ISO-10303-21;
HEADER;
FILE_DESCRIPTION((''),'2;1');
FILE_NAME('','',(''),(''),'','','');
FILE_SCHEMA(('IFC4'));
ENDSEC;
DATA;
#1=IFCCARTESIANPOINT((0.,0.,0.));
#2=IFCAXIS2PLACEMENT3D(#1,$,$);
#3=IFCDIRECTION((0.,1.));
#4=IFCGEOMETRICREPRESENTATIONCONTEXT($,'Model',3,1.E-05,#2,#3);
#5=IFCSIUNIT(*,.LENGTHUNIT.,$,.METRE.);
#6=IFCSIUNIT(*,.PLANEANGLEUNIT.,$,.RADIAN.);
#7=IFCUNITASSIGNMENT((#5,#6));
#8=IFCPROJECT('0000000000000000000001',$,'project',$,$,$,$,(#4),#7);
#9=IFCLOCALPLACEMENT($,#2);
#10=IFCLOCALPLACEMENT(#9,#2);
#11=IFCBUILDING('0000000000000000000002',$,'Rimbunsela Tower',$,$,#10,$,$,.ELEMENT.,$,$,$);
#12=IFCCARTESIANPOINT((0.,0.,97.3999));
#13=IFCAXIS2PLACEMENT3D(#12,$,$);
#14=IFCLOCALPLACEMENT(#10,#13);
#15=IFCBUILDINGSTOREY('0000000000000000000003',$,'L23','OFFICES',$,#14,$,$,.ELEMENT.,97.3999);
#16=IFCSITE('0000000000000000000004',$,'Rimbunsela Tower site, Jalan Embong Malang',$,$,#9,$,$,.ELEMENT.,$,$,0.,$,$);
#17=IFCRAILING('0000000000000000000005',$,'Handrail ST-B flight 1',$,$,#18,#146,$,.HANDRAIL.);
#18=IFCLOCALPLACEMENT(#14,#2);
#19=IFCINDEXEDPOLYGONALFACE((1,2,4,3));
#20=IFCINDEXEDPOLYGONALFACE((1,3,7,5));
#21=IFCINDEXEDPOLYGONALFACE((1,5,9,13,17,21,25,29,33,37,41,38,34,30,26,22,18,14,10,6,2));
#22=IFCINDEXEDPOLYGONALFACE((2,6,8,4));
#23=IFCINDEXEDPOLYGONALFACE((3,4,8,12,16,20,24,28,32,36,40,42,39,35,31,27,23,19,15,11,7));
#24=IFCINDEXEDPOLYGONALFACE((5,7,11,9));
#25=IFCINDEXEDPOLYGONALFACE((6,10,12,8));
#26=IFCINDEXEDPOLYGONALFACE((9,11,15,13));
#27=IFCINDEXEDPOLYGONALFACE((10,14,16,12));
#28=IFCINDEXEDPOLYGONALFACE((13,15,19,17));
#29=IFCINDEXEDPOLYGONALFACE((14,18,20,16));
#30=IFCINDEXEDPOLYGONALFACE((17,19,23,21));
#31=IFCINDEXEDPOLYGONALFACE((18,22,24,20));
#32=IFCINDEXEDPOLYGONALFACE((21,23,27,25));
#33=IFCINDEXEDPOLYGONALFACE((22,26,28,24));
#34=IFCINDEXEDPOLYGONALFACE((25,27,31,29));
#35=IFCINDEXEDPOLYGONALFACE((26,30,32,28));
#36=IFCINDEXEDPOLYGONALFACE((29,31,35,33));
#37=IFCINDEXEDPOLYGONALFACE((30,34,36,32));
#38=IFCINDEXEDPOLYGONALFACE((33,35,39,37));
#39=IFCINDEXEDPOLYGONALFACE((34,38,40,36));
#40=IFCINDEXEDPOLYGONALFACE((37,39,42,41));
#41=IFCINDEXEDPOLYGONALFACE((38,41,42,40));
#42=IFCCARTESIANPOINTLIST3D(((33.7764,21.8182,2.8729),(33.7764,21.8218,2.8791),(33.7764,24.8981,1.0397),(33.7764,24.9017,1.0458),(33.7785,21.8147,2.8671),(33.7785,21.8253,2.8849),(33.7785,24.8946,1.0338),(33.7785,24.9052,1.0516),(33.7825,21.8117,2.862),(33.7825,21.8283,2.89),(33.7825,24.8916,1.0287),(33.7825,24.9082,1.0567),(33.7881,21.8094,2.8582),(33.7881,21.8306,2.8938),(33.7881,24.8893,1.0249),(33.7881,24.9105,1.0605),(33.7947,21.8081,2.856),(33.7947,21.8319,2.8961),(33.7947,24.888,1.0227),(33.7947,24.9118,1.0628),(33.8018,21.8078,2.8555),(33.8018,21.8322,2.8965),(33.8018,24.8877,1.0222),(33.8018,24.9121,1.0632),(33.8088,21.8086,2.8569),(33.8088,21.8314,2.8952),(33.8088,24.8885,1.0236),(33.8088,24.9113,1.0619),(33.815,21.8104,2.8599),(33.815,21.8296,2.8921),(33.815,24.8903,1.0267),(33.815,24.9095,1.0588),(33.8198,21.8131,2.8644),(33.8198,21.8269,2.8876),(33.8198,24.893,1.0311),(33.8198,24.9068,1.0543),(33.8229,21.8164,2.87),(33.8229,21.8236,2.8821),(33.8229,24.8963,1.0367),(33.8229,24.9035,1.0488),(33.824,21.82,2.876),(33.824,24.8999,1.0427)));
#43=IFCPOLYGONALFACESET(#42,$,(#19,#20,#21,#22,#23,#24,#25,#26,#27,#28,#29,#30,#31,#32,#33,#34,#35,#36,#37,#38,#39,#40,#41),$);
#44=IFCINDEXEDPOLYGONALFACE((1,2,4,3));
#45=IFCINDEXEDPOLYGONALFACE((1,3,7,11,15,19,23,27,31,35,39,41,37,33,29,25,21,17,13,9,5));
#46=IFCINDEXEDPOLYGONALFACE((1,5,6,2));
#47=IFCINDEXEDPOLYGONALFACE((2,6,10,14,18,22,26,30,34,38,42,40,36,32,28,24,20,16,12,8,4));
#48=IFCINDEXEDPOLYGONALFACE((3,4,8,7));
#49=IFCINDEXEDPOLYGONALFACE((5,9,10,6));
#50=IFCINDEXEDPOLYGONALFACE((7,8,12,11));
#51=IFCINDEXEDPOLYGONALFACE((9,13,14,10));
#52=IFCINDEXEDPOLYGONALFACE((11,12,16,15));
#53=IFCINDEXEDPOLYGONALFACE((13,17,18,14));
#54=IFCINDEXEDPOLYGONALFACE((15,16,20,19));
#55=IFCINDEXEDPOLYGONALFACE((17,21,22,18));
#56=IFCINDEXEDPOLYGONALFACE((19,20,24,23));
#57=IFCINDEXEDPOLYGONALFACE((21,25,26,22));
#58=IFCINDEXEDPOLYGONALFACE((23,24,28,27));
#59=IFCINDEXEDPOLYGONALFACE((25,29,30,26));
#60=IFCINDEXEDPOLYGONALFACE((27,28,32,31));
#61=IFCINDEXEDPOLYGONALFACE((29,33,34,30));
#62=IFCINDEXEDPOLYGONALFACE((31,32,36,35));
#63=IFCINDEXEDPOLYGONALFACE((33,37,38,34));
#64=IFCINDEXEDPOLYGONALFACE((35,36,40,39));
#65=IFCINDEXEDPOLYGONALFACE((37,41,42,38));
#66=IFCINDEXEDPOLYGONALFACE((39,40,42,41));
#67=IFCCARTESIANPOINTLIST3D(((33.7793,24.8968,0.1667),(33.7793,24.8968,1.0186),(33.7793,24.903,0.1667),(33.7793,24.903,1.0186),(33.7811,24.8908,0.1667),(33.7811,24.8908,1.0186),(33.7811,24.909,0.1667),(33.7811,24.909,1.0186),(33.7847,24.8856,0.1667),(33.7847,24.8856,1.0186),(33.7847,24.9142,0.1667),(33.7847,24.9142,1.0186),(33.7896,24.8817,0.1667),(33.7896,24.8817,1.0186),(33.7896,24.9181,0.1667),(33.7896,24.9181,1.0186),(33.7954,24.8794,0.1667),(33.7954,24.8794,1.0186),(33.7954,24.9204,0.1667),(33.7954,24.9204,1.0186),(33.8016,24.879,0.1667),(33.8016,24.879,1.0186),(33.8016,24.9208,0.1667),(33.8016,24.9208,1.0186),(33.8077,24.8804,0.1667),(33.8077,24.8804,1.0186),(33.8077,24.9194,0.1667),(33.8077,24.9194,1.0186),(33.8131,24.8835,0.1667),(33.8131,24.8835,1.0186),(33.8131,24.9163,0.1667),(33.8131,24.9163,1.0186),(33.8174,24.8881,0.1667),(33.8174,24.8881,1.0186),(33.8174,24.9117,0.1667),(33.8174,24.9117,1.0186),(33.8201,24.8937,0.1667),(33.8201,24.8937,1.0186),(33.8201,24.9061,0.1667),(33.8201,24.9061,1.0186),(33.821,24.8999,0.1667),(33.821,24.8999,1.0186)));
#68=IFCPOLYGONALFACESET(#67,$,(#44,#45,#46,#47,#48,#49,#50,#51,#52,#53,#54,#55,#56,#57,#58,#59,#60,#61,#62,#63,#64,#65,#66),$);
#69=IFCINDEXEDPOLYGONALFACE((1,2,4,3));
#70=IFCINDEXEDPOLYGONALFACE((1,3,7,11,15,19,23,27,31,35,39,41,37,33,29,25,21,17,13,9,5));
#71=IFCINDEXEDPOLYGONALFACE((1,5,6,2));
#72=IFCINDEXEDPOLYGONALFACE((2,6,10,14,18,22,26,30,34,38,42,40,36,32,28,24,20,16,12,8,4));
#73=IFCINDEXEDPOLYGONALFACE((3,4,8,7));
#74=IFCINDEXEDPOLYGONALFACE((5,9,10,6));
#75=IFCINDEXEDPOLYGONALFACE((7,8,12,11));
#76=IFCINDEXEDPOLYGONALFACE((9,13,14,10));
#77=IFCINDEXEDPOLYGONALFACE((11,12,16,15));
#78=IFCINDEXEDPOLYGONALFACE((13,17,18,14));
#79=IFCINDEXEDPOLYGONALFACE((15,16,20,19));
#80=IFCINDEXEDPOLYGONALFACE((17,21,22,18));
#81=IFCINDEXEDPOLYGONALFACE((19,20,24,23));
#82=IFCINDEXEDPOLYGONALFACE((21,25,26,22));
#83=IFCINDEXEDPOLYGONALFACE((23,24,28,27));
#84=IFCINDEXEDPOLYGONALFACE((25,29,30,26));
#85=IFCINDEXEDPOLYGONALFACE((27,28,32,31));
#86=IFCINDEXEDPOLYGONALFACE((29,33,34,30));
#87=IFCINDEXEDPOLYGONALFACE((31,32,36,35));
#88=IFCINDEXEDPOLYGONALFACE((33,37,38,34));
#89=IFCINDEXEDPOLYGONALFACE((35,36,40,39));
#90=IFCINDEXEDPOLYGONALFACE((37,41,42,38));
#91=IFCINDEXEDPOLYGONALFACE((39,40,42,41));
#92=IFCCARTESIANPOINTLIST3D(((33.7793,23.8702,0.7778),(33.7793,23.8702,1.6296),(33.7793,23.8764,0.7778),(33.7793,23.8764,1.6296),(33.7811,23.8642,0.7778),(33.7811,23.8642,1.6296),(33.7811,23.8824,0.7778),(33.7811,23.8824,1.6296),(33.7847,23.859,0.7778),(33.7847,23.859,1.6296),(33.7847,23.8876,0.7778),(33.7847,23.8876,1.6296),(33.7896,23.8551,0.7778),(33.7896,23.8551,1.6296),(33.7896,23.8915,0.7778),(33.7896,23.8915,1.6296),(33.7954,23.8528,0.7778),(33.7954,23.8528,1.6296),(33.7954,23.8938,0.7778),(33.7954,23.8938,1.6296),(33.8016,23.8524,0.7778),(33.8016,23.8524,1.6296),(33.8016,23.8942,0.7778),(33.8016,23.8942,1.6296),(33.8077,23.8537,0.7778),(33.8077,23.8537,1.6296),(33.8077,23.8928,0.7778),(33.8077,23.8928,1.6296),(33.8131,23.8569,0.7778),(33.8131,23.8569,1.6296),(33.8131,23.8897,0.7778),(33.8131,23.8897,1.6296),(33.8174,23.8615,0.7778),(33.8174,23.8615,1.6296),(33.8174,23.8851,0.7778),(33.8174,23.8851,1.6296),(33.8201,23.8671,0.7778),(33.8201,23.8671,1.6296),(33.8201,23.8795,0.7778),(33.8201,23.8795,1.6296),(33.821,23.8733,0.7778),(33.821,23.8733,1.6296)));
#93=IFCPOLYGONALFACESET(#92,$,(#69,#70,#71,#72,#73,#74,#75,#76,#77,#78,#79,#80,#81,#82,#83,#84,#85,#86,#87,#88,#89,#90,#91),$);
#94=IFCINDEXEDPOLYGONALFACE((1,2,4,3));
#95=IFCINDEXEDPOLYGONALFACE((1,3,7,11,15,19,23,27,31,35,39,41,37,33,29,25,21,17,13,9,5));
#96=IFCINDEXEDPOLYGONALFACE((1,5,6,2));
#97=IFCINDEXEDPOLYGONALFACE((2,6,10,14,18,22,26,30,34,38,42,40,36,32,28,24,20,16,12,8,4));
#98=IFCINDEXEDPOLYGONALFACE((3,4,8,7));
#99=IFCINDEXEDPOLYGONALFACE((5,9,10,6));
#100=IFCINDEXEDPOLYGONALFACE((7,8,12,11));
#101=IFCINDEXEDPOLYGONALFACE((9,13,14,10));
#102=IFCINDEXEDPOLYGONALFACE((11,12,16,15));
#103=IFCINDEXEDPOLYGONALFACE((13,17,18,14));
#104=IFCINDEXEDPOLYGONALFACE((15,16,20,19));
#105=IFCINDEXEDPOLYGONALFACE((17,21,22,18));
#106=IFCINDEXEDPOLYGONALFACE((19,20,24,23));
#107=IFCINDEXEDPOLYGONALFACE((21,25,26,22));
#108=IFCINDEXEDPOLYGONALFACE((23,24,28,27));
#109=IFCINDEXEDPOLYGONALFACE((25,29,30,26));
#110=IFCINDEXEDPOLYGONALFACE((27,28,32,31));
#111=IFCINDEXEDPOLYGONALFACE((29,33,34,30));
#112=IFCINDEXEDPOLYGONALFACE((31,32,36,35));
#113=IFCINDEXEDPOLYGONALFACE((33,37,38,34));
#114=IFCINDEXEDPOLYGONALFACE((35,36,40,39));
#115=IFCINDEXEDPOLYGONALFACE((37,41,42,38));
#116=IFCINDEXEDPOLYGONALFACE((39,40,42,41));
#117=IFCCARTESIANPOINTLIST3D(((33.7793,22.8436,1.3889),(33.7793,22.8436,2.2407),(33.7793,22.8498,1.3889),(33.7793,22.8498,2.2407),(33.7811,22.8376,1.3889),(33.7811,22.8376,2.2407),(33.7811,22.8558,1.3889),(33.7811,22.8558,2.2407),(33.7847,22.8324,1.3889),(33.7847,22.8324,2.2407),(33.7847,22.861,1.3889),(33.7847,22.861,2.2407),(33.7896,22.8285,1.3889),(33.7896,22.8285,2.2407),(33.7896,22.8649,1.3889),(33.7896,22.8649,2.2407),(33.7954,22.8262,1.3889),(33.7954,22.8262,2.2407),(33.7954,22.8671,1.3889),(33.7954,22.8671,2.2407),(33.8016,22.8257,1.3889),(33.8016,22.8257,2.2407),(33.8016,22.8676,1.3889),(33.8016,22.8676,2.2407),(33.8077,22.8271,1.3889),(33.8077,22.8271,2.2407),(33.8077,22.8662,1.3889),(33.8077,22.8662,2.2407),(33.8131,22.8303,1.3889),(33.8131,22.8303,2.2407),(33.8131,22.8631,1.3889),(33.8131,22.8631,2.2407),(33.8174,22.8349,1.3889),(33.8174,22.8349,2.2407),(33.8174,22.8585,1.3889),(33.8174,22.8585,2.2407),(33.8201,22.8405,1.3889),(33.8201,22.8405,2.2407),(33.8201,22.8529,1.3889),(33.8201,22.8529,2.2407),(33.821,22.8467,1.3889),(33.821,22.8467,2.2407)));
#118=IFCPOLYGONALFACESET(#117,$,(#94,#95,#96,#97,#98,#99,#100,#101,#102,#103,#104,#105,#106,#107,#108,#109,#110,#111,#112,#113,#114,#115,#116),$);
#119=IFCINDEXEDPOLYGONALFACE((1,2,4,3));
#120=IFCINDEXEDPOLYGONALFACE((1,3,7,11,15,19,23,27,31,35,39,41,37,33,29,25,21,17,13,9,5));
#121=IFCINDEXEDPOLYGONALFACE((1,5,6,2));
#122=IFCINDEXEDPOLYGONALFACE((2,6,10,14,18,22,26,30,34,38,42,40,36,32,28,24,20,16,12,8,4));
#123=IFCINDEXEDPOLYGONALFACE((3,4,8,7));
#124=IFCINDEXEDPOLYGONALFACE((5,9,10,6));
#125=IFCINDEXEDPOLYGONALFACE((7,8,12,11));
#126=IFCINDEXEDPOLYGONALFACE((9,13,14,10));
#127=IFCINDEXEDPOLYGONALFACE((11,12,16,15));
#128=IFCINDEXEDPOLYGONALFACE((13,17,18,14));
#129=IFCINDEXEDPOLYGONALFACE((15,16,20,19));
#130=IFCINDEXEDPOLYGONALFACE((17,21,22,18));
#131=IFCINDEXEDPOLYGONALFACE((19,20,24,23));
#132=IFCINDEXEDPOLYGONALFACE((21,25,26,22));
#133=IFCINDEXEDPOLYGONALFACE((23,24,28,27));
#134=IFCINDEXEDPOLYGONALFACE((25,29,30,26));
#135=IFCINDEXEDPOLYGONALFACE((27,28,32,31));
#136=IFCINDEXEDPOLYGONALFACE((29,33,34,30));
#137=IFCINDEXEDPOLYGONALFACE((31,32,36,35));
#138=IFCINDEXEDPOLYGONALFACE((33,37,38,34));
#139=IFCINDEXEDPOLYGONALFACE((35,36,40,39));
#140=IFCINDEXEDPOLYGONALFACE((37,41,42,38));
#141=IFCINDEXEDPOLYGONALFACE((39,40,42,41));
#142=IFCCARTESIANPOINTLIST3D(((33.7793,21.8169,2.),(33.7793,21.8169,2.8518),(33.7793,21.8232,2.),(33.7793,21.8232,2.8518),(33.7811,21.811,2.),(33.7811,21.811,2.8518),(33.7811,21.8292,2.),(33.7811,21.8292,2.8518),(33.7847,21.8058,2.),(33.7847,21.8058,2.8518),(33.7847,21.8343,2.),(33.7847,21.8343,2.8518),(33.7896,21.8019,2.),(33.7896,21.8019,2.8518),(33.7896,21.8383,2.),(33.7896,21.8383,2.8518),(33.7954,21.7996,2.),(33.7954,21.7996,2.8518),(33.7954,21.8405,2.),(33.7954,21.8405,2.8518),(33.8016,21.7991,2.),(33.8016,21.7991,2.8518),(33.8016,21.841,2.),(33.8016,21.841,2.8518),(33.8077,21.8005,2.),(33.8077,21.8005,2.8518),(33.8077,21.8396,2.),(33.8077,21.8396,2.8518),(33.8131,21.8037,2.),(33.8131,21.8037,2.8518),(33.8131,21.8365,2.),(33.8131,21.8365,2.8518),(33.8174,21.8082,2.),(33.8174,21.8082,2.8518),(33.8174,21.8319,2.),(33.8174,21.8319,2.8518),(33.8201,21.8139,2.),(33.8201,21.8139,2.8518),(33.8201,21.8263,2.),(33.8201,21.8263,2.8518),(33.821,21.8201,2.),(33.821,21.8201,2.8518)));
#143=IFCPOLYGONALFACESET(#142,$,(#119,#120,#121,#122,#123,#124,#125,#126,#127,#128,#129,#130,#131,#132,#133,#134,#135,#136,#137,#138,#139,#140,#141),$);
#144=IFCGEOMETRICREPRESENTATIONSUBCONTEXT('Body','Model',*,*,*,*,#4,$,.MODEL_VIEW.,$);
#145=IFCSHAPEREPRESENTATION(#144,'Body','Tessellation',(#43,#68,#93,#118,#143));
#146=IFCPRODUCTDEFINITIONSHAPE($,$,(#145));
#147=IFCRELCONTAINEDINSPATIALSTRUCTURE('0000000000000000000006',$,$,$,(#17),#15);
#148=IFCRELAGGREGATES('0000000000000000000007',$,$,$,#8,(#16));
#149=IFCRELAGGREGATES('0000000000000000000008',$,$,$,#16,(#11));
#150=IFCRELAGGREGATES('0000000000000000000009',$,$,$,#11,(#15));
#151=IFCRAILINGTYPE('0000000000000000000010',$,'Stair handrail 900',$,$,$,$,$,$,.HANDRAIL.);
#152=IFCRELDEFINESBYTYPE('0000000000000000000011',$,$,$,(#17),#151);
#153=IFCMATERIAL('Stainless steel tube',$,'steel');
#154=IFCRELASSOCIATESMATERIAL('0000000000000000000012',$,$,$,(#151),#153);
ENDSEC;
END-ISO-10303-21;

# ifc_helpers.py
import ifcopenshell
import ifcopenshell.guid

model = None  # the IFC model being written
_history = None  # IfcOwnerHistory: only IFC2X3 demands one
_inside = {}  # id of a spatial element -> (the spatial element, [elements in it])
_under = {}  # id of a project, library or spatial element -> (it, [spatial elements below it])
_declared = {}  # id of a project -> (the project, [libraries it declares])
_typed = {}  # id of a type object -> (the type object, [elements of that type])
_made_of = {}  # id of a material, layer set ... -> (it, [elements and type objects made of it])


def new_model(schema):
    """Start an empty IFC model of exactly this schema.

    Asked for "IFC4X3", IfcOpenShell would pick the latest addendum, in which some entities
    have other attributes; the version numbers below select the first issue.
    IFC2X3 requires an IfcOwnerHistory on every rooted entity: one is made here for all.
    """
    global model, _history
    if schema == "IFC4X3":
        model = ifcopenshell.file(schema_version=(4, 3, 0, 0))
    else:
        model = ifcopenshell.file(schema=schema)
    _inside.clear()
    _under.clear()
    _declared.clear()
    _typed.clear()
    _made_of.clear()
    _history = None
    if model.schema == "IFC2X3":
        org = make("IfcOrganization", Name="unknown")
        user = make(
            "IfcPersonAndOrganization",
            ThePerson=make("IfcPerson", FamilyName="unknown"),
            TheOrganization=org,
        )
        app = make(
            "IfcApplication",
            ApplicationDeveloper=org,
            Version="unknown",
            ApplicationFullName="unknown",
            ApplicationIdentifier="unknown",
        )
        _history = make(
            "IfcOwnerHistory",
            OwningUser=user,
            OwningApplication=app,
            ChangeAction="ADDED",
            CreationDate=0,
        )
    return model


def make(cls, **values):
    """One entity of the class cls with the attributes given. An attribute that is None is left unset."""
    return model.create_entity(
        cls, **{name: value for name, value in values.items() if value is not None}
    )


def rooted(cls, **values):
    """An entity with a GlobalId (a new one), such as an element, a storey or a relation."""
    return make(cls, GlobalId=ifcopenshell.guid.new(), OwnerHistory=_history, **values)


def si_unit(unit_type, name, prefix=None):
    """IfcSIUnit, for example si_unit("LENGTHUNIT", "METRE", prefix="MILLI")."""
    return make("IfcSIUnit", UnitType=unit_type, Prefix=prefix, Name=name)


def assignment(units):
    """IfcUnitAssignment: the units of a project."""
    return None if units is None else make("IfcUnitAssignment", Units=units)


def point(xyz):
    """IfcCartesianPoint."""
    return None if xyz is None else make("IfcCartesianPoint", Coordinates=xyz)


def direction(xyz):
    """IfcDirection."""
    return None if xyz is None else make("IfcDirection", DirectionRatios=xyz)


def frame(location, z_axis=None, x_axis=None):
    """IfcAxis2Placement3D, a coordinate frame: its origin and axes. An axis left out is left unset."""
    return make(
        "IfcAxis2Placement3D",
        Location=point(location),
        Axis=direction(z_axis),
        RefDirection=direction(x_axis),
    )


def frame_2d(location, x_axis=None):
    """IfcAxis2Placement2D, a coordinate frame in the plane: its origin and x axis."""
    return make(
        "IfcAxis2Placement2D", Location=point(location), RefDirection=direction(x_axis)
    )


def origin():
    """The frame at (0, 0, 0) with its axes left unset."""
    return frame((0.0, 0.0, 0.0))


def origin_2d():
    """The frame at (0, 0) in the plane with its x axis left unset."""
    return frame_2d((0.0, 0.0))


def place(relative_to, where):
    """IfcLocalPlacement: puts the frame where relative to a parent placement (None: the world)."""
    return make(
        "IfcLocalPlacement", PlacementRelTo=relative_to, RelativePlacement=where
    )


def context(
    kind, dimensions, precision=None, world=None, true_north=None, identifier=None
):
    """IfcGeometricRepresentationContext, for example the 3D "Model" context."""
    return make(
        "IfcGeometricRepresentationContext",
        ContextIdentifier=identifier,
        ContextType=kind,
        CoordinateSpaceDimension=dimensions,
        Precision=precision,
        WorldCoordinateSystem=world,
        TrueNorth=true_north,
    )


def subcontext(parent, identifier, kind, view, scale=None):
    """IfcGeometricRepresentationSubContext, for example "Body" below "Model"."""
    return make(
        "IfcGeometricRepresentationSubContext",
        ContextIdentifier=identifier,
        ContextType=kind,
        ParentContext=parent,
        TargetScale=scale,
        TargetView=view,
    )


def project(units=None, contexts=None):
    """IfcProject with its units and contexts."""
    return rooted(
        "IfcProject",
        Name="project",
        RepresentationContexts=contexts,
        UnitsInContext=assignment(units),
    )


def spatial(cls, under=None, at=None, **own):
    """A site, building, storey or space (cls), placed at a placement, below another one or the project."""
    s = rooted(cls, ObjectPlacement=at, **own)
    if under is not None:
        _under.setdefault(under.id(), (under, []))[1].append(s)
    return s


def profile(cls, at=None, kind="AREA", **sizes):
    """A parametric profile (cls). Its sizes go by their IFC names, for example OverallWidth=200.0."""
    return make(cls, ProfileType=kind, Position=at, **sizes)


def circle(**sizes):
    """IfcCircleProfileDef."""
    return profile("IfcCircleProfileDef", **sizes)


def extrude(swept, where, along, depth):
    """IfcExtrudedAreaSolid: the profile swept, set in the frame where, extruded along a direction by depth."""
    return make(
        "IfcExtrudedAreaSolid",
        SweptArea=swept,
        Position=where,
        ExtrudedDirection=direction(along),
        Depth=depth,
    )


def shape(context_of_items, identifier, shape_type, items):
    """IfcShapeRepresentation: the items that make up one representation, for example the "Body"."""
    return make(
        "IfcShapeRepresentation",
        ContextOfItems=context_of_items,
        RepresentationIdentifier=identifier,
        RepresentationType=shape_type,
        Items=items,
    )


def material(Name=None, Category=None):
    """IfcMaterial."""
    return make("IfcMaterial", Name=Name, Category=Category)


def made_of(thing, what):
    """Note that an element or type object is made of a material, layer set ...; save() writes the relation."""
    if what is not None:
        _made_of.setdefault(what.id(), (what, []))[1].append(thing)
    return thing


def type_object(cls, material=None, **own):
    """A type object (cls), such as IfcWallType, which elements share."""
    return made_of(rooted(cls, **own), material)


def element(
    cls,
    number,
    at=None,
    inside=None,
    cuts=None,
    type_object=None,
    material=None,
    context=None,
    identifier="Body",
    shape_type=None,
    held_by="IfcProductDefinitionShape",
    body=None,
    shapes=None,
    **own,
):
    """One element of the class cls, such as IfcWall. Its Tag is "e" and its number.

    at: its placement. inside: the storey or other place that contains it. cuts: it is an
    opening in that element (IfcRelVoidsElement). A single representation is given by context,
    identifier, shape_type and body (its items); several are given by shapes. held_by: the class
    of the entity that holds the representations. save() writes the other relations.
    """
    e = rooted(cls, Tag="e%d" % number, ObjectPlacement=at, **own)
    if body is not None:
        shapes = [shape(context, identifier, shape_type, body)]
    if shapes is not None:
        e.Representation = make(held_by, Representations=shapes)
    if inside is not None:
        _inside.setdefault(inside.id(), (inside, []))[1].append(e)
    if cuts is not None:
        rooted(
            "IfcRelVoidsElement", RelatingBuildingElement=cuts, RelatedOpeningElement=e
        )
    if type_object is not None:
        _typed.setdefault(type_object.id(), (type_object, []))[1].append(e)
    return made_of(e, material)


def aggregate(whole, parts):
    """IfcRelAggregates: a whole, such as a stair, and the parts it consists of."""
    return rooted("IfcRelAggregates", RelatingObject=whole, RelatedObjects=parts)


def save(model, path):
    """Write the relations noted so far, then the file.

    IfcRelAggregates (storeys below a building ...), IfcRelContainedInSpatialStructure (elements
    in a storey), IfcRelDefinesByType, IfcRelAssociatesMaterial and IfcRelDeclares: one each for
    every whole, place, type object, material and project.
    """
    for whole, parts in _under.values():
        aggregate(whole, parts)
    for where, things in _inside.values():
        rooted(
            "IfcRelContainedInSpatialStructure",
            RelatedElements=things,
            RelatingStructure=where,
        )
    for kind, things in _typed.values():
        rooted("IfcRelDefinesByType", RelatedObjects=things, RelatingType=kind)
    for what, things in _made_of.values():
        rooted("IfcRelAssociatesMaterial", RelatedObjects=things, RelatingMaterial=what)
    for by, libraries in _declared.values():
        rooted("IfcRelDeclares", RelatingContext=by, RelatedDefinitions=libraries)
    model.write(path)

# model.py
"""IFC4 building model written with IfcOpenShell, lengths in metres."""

from ifc_helpers import new_model, si_unit, direction, frame, origin, origin_2d, place, context, subcontext, project, spatial, circle, extrude, material, type_object, element, save


model = new_model("IFC4")

# Units and contexts
model_context = context("Model", 3, precision=1e-05, world=origin(), true_north=direction((0.0, 1.0)))
body_context = subcontext(model_context, "Body", "Model", "MODEL_VIEW")
ifc_project = project(units=[si_unit("LENGTHUNIT", "METRE"), si_unit("PLANEANGLEUNIT", "RADIAN")], contexts=[model_context])

# Site, building, storey
site_placement = place(None, origin())
site = spatial("IfcSite", under=ifc_project, at=site_placement, Name="Rimbunsela Tower site, Jalan Embong Malang", CompositionType="ELEMENT", RefElevation=0.0)
building_placement = place(site_placement, origin())
building = spatial("IfcBuilding", under=site, at=building_placement, Name="Rimbunsela Tower", CompositionType="ELEMENT")
storey_placement = place(building_placement, frame((0.0, 0.0, 97.3999)))
storey = spatial("IfcBuildingStorey", under=building, at=storey_placement, Name="L23", Description="OFFICES", CompositionType="ELEMENT", Elevation=97.3999)

# Railing
ifc_material_1 = material(Name="Stainless steel tube", Category="steel")
railing_type = type_object("IfcRailingType", Name="Stair handrail 900", PredefinedType="HANDRAIL", material=ifc_material_1)
railing_placement = place(storey_placement, frame((33.8, 24.8999, 0.1667)))
element("IfcRailing", 1, at=railing_placement, inside=storey, type_object=railing_type, Name="Handrail ST-B flight 1", PredefinedType="HANDRAIL", context=body_context, shape_type="SweptSolid", body=[
    extrude(circle(Radius=0.0239, at=origin_2d()), frame((0.0, 0.0, 0.876), z_axis=(0.0, -0.859291, 0.511487), x_axis=(1.0, 0.0, 0.0)), (0.0, 0.0, 1.0), 3.5842),
    extrude(circle(Radius=0.021, at=origin_2d()), origin(), (0.0, 0.0, 1.0), 0.8518),
    extrude(circle(Radius=0.021, at=origin_2d()), frame((0.0, -1.0266, 0.6111)), (0.0, 0.0, 1.0), 0.8518),
    extrude(circle(Radius=0.021, at=origin_2d()), frame((0.0, -2.0532, 1.2222)), (0.0, 0.0, 1.0), 0.8518),
    extrude(circle(Radius=0.021, at=origin_2d()), frame((0.0, -3.0798, 1.8333)), (0.0, 0.0, 1.0), 0.8518),
])

save(model, "model.ifc")
